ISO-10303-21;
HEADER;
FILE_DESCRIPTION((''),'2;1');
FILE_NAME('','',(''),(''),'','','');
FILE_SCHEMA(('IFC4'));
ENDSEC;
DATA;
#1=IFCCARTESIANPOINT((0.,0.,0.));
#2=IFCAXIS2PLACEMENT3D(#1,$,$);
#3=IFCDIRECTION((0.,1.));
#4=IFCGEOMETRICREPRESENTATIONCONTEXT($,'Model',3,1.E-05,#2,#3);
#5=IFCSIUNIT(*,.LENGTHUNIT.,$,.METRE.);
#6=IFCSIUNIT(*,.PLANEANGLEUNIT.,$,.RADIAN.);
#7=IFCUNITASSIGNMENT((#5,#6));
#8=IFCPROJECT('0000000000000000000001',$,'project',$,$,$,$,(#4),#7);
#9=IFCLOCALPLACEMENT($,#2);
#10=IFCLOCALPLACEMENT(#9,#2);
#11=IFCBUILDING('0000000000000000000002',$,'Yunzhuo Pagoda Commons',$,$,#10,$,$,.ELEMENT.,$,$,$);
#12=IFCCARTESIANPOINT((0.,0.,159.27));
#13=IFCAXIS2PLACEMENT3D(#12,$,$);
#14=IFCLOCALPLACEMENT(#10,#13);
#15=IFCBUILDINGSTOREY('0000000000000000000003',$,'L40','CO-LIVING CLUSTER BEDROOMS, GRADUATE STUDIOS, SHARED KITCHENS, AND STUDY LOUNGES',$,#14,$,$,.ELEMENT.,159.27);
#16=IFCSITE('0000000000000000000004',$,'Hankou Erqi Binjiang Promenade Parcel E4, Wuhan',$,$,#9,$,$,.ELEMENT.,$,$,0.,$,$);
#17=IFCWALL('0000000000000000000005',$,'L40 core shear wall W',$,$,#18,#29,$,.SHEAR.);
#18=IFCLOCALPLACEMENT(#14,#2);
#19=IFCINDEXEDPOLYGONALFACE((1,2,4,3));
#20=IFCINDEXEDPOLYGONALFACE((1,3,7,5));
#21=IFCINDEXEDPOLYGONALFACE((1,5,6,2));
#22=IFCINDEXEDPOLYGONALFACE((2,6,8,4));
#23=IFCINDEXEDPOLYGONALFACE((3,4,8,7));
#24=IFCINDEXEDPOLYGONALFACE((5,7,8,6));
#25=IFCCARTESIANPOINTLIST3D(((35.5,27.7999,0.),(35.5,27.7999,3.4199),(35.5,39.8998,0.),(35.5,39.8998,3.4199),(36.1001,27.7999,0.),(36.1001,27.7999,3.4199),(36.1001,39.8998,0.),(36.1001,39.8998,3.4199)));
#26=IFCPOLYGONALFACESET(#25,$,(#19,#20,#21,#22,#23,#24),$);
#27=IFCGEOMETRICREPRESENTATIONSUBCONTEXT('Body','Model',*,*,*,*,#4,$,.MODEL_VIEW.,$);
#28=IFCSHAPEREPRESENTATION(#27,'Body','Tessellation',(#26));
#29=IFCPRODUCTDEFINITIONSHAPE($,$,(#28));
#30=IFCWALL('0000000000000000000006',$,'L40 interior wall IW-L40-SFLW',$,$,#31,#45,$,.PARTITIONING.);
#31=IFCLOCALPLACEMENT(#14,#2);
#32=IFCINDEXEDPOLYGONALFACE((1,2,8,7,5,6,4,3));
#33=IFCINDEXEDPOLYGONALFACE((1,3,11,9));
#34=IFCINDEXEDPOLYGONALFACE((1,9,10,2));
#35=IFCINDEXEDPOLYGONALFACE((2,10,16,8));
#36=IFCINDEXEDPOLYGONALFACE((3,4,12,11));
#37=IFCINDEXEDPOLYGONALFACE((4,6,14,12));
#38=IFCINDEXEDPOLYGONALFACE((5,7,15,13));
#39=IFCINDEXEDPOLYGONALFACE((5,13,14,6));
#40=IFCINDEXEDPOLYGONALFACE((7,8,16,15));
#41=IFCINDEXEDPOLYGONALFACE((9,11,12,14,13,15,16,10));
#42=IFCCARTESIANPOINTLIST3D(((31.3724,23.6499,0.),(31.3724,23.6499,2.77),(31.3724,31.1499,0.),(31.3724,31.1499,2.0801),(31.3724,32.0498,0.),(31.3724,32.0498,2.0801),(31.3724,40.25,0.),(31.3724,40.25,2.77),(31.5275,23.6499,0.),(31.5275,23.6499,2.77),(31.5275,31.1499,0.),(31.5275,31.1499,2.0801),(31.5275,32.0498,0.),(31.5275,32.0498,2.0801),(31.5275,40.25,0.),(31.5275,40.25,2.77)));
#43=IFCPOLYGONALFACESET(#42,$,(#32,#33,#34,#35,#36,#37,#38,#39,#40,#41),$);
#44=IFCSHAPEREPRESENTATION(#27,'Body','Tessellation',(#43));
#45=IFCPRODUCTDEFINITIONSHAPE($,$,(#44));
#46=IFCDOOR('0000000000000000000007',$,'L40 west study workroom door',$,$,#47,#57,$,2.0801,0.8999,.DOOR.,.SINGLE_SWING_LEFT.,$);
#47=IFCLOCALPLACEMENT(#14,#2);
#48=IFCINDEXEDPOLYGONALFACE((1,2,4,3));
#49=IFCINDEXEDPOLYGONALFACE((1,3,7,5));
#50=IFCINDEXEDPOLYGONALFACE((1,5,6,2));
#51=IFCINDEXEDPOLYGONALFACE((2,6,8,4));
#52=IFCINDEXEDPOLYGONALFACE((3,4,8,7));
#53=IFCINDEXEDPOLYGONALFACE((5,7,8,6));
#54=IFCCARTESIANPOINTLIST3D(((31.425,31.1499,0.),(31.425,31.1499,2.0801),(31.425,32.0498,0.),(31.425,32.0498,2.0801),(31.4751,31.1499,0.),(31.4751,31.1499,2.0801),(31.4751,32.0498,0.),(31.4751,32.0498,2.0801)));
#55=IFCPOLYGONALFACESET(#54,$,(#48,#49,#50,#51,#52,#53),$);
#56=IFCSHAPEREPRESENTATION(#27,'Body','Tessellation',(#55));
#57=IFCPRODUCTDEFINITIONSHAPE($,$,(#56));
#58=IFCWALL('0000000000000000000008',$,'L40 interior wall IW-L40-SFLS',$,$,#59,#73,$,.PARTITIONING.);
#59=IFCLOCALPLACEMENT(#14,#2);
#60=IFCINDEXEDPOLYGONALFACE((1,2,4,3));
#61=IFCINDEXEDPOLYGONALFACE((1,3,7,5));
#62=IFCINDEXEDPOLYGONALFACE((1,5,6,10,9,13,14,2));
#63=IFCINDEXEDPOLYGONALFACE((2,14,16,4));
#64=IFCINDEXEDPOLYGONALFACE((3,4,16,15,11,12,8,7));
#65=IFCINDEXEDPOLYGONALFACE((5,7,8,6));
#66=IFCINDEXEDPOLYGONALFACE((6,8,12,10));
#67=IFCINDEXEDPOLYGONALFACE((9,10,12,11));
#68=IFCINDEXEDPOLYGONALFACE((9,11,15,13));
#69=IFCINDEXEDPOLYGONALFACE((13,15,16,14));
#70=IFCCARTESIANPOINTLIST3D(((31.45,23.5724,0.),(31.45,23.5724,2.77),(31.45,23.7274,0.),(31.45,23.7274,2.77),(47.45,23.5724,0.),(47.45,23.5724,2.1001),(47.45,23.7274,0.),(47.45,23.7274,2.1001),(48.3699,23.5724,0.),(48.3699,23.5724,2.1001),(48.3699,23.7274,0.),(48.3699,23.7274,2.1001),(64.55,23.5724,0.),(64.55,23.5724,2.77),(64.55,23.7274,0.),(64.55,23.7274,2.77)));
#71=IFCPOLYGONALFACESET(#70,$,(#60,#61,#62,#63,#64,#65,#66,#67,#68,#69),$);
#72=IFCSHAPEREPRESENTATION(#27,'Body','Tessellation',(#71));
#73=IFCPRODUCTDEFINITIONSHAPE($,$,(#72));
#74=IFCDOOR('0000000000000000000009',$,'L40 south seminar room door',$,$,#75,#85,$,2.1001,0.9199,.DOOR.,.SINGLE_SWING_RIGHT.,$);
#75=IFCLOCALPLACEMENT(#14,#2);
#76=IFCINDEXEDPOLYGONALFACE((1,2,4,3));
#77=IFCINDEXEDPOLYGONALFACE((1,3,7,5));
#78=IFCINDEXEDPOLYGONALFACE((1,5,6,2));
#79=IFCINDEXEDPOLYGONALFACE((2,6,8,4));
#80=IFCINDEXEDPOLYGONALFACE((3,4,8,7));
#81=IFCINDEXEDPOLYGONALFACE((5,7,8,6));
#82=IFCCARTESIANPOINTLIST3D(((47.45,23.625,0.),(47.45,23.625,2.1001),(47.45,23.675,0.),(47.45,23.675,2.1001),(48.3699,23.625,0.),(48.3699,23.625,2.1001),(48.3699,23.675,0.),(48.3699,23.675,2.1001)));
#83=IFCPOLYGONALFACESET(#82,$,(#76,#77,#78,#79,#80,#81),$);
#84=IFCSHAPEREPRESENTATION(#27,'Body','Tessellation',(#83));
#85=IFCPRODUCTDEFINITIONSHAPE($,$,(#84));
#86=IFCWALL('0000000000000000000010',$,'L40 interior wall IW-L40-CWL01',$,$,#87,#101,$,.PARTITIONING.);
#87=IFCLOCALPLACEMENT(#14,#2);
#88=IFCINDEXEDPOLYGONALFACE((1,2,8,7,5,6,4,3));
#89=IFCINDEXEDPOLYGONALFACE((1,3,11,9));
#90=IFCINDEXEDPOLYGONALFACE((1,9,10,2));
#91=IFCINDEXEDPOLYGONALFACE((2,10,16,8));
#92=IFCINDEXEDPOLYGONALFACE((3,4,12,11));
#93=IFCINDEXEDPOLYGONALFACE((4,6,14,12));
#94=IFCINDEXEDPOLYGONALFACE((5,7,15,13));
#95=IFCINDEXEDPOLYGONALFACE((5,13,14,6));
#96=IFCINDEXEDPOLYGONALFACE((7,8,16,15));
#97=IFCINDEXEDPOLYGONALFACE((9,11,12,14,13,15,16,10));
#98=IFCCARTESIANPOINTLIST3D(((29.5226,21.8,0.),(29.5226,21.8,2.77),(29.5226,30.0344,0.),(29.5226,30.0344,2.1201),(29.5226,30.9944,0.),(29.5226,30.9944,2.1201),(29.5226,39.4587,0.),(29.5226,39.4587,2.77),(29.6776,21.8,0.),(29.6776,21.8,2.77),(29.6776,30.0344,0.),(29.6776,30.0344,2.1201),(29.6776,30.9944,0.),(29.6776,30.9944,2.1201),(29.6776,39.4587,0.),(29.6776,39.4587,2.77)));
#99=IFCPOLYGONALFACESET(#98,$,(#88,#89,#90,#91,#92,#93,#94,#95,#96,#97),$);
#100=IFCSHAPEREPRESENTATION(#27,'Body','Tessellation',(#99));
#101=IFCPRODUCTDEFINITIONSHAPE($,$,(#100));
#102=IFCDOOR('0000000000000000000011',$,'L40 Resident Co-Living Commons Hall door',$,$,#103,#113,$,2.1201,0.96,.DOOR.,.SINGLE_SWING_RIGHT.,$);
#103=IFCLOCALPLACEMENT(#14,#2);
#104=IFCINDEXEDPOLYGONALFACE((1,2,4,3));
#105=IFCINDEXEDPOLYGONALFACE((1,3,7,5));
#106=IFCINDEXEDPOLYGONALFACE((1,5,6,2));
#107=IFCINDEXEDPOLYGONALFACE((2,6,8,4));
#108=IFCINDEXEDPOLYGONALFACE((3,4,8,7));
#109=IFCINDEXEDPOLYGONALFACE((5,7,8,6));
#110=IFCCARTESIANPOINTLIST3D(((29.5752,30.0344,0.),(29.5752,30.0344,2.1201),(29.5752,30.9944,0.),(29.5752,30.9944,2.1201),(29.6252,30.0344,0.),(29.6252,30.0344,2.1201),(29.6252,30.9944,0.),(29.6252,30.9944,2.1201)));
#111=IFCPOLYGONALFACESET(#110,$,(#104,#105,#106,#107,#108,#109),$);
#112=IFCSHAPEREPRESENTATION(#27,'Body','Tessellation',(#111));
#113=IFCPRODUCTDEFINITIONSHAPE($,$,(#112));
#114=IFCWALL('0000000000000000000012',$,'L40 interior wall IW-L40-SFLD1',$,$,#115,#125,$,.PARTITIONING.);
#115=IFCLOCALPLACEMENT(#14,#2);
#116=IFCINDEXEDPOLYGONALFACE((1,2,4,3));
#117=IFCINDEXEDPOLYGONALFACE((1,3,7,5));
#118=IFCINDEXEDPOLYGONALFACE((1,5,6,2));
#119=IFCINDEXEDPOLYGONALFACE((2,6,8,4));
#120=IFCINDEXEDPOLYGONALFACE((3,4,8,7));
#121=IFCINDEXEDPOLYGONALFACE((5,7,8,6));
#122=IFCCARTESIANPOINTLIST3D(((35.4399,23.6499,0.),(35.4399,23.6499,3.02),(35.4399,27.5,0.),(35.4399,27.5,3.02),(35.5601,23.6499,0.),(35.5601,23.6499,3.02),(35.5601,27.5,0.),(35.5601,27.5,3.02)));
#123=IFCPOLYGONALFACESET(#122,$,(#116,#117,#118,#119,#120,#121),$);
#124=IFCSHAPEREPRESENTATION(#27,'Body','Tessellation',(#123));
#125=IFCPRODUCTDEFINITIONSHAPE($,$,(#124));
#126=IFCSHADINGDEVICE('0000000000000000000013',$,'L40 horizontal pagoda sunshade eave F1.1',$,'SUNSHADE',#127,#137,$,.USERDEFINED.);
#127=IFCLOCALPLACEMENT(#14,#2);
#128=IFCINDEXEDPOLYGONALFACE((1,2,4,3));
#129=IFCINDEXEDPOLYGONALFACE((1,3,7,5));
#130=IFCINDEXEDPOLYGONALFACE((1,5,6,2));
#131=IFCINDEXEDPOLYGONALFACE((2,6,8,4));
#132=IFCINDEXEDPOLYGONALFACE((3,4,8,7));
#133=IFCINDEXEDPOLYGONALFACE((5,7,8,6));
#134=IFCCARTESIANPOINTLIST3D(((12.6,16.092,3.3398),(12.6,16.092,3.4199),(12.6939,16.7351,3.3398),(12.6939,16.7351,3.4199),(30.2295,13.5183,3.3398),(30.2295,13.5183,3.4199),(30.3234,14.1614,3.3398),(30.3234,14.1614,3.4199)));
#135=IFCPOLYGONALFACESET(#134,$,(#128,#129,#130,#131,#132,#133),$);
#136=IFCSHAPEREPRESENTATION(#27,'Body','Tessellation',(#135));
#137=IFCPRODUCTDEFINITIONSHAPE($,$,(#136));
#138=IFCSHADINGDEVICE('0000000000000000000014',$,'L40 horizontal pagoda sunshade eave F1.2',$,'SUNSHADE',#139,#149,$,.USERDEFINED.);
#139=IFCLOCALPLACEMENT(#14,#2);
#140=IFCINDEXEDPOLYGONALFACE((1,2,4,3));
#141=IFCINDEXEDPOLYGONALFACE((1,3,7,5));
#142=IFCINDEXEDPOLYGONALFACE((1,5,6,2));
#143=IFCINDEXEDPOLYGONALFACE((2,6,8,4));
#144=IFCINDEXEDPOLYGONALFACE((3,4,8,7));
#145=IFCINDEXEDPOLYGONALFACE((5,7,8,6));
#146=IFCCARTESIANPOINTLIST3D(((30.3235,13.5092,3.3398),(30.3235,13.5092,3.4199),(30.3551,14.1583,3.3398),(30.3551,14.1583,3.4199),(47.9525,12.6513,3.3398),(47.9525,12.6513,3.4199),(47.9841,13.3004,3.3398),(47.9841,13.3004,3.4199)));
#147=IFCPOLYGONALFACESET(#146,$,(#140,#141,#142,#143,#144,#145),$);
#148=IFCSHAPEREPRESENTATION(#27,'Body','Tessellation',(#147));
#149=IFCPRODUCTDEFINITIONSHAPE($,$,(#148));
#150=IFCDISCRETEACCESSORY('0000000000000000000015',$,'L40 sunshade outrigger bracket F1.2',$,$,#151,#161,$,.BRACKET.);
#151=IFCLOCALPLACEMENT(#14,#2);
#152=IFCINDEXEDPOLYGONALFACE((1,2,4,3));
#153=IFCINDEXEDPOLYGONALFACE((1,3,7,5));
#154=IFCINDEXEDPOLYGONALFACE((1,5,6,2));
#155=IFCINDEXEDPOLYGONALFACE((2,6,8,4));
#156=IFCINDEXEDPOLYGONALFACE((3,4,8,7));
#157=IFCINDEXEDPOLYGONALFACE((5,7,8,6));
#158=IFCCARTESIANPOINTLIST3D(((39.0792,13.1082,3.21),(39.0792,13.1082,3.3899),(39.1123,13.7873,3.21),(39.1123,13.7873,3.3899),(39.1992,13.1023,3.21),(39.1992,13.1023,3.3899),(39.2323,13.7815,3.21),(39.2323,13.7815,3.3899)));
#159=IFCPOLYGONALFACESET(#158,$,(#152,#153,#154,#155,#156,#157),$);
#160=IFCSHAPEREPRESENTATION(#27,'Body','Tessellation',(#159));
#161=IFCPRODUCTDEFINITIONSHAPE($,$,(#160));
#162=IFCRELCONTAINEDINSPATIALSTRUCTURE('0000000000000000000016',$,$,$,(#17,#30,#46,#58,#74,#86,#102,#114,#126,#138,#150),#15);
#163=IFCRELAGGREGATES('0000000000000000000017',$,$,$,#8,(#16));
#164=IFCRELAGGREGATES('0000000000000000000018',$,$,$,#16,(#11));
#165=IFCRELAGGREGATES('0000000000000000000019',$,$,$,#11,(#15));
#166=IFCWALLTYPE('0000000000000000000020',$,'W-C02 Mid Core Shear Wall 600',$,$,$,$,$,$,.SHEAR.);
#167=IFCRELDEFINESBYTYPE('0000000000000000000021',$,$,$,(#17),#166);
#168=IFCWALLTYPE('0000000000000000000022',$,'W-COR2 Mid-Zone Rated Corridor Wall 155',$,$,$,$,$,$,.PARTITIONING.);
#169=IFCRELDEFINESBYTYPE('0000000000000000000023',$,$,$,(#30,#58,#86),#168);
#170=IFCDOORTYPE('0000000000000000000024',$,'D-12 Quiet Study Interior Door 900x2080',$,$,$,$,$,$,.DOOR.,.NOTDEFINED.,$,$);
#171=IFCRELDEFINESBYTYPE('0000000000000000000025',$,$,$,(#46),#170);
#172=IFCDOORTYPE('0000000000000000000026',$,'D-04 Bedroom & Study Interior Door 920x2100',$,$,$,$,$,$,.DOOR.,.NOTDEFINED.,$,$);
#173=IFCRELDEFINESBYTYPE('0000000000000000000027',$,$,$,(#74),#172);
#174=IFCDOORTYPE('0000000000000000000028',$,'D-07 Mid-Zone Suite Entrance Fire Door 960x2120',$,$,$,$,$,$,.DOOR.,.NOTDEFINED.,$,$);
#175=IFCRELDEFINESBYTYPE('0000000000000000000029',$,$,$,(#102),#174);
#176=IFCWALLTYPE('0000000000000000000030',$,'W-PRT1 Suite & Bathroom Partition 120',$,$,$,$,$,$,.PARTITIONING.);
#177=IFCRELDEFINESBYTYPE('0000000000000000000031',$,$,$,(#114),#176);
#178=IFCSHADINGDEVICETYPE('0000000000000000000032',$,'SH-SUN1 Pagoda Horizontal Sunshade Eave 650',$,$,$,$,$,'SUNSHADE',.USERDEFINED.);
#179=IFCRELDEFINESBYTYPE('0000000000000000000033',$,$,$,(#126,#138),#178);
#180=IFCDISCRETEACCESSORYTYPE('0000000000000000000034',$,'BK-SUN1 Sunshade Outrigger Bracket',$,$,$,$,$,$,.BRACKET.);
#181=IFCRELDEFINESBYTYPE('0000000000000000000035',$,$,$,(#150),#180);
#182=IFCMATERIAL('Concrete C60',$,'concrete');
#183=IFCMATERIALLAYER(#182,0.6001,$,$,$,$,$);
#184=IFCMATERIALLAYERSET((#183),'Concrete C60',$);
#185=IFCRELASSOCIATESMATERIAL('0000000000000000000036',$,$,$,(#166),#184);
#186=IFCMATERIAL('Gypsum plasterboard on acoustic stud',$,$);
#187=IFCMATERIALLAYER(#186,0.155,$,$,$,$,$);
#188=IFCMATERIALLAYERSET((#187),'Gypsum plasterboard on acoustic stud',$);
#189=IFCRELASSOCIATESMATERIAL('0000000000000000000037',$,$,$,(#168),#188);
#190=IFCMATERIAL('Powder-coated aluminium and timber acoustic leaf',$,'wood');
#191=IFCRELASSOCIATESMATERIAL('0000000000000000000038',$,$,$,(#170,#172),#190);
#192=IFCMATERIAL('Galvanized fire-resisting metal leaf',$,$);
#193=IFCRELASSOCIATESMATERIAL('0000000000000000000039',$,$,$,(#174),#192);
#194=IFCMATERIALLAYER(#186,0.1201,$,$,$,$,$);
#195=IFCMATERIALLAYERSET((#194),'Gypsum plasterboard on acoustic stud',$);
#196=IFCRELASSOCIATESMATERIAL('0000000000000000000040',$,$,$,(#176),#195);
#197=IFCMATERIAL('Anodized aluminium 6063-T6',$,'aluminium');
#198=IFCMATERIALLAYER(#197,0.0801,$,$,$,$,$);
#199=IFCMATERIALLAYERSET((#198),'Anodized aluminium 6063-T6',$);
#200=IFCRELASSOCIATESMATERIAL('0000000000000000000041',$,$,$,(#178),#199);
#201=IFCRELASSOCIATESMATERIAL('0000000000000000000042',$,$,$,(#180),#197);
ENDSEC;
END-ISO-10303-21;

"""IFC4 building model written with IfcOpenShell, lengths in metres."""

from ifc_helpers import new_model, si_unit, direction, frame, frame_2d, origin, origin_with_axes, origin_2d, place, context, subcontext, project, spatial, rectangle, extrude, source, transform, mapped, material, layer, layer_set, type_object, element, fill, save


model = new_model("IFC4")

# Units and contexts
model_context = context("Model", 3, precision=1e-05, world=origin(), true_north=direction((0.0, 1.0)))
body_context = subcontext(model_context, "Body", "Model", "MODEL_VIEW")
ifc_project = project(units=[si_unit("LENGTHUNIT", "METRE"), si_unit("PLANEANGLEUNIT", "RADIAN")], contexts=[model_context])

# Site, building, storey
site_placement = place(None, origin())
site = spatial("IfcSite", under=ifc_project, at=site_placement, Name="Hankou Erqi Binjiang Promenade Parcel E4, Wuhan", CompositionType="ELEMENT", RefElevation=0.0)
building_placement = place(site_placement, origin())
building = spatial("IfcBuilding", under=site, at=building_placement, Name="Yunzhuo Pagoda Commons", CompositionType="ELEMENT")
storey_placement = place(building_placement, frame((0.0, 0.0, 159.27)))
storey = spatial("IfcBuildingStorey", under=building, at=storey_placement, Name="L40", Description="CO-LIVING CLUSTER BEDROOMS, GRADUATE STUDIOS, SHARED KITCHENS, AND STUDY LOUNGES", CompositionType="ELEMENT", Elevation=159.27)

# Shared definitions
ifc_material_1 = material(Name="Anodized aluminium 6063-T6", Category="aluminium")

# Wall
ifc_material_2 = material(Name="Concrete C60", Category="concrete")
ifc_layer_1 = layer(ifc_material_2, 0.6001)
ifc_layer_set_1 = layer_set([ifc_layer_1], Name="Concrete C60")
wall_type_1 = type_object("IfcWallType", Name="W-C02 Mid Core Shear Wall 600", PredefinedType="SHEAR", material=ifc_layer_set_1)
wall_1_placement = place(storey_placement, frame((35.8, 27.8, 0.0), z_axis=(0.0, 0.0, 1.0), x_axis=(0.0, 1.0, 0.0)))
element("IfcWall", 1, at=wall_1_placement, inside=storey, type_object=wall_type_1, Name="L40 core shear wall W", PredefinedType="SHEAR", context=body_context, shape_type="SweptSolid", body=[
    extrude(rectangle(XDim=12.0999, YDim=0.6001, at=frame_2d((6.0498, 0.0))), origin(), (0.0, 0.0, 1.0), 3.4199),
])

# Walls, openings, doors
ifc_material_3 = material(Name="Gypsum plasterboard on acoustic stud")
ifc_layer_2 = layer(ifc_material_3, 0.155)
ifc_layer_set_2 = layer_set([ifc_layer_2], Name="Gypsum plasterboard on acoustic stud")
wall_type_2 = type_object("IfcWallType", Name="W-COR2 Mid-Zone Rated Corridor Wall 155", PredefinedType="PARTITIONING", material=ifc_layer_set_2)
wall_2_placement = place(storey_placement, frame((31.45, 23.6499, 0.0), z_axis=(0.0, 0.0, 1.0), x_axis=(0.0, 1.0, 0.0)))
wall_2 = element("IfcWall", 2, at=wall_2_placement, inside=storey, type_object=wall_type_2, Name="L40 interior wall IW-L40-SFLW", PredefinedType="PARTITIONING", context=body_context, shape_type="SweptSolid", body=[
    extrude(rectangle(XDim=16.6001, YDim=0.155, at=frame_2d((8.3, 0.0))), origin(), (0.0, 0.0, 1.0), 2.77),
])
opening_1_placement = place(wall_2_placement, frame((7.5, 0.0, 0.0)))
opening_1 = element("IfcOpeningElement", 3, at=opening_1_placement, cuts=wall_2, PredefinedType="OPENING", context=body_context, shape_type="SweptSolid", body=[
    extrude(rectangle(XDim=0.8999, YDim=2.0801, at=frame_2d((0.45, 1.04))), frame((0.0, 0.0874, 0.0), z_axis=(0.0, -1.0, 0.0), x_axis=(1.0, 0.0, 0.0)), (0.0, 0.0, 1.0), 0.175),
])
ifc_material_4 = material(Name="Powder-coated aluminium and timber acoustic leaf", Category="wood")
door_type_1 = type_object("IfcDoorType", Name="D-12 Quiet Study Interior Door 900x2080", OperationType="NOTDEFINED", PredefinedType="DOOR", material=ifc_material_4)
shared_shape_1 = source(origin(), body_context, "Body", "SweptSolid", [
    extrude(rectangle(XDim=0.8999, YDim=2.0801, at=frame_2d((0.45, 1.04))), frame((0.0, 0.0249, 0.0), z_axis=(0.0, -1.0, 0.0), x_axis=(1.0, 0.0, 0.0)), (0.0, 0.0, 1.0), 0.05),
])
door_1_placement = place(opening_1_placement, origin_with_axes())
door_1 = element("IfcDoor", 4, at=door_1_placement, inside=storey, type_object=door_type_1, Name="L40 west study workroom door", OperationType="SINGLE_SWING_LEFT", OverallHeight=2.0801, OverallWidth=0.8999, PredefinedType="DOOR", context=body_context, shape_type="MappedRepresentation", body=[
    mapped(shared_shape_1, transform((0.0, 0.0, 0.0), scale=1.0)),
])
fill(opening_1, door_1)
wall_3_placement = place(storey_placement, frame((31.45, 23.6499, 0.0), z_axis=(0.0, 0.0, 1.0), x_axis=(1.0, 0.0, 0.0)))
wall_3 = element("IfcWall", 5, at=wall_3_placement, inside=storey, type_object=wall_type_2, Name="L40 interior wall IW-L40-SFLS", PredefinedType="PARTITIONING", context=body_context, shape_type="SweptSolid", body=[
    extrude(rectangle(XDim=33.1001, YDim=0.155, at=frame_2d((16.55, 0.0))), origin(), (0.0, 0.0, 1.0), 2.77),
])
opening_2_placement = place(wall_3_placement, frame((16.0, 0.0, 0.0)))
opening_2 = element("IfcOpeningElement", 6, at=opening_2_placement, cuts=wall_3, PredefinedType="OPENING", context=body_context, shape_type="SweptSolid", body=[
    extrude(rectangle(XDim=0.9199, YDim=2.1001, at=frame_2d((0.46, 1.05))), frame((0.0, 0.0874, 0.0), z_axis=(0.0, -1.0, 0.0), x_axis=(1.0, 0.0, 0.0)), (0.0, 0.0, 1.0), 0.175),
])
door_type_2 = type_object("IfcDoorType", Name="D-04 Bedroom & Study Interior Door 920x2100", OperationType="NOTDEFINED", PredefinedType="DOOR", material=ifc_material_4)
shared_shape_2 = source(origin(), body_context, "Body", "SweptSolid", [
    extrude(rectangle(XDim=0.9199, YDim=2.1001, at=frame_2d((0.46, 1.05))), frame((0.0, 0.0249, 0.0), z_axis=(0.0, -1.0, 0.0), x_axis=(1.0, 0.0, 0.0)), (0.0, 0.0, 1.0), 0.05),
])
door_2_placement = place(opening_2_placement, frame((0.9199, 0.0, 0.0), z_axis=(0.0, 0.0, 1.0), x_axis=(-1.0, 0.0, 0.0)))
door_2 = element("IfcDoor", 7, at=door_2_placement, inside=storey, type_object=door_type_2, Name="L40 south seminar room door", OperationType="SINGLE_SWING_RIGHT", OverallHeight=2.1001, OverallWidth=0.9199, PredefinedType="DOOR", context=body_context, shape_type="MappedRepresentation", body=[
    mapped(shared_shape_2, transform((0.0, 0.0, 0.0), scale=1.0)),
])
fill(opening_2, door_2)
wall_4_placement = place(storey_placement, frame((29.6001, 21.8, 0.0), z_axis=(0.0, 0.0, 1.0), x_axis=(0.0, 1.0, 0.0)))
wall_4 = element("IfcWall", 8, at=wall_4_placement, inside=storey, type_object=wall_type_2, Name="L40 interior wall IW-L40-CWL01", PredefinedType="PARTITIONING", context=body_context, shape_type="SweptSolid", body=[
    extrude(rectangle(XDim=17.6587, YDim=0.155, at=frame_2d((8.8293, 0.0))), origin(), (0.0, 0.0, 1.0), 2.77),
])
opening_3_placement = place(wall_4_placement, frame((8.2344, 0.0, 0.0)))
opening_3 = element("IfcOpeningElement", 9, at=opening_3_placement, cuts=wall_4, PredefinedType="OPENING", context=body_context, shape_type="SweptSolid", body=[
    extrude(rectangle(XDim=0.96, YDim=2.1201, at=frame_2d((0.48, 1.0601))), frame((0.0, 0.0874, 0.0), z_axis=(0.0, -1.0, 0.0), x_axis=(1.0, 0.0, 0.0)), (0.0, 0.0, 1.0), 0.175),
])
ifc_material_5 = material(Name="Galvanized fire-resisting metal leaf")
door_type_3 = type_object("IfcDoorType", Name="D-07 Mid-Zone Suite Entrance Fire Door 960x2120", OperationType="NOTDEFINED", PredefinedType="DOOR", material=ifc_material_5)
shared_shape_3 = source(origin(), body_context, "Body", "SweptSolid", [
    extrude(rectangle(XDim=0.96, YDim=2.1201, at=frame_2d((0.48, 1.0601))), frame((0.0, 0.0249, 0.0), z_axis=(0.0, -1.0, 0.0), x_axis=(1.0, 0.0, 0.0)), (0.0, 0.0, 1.0), 0.05),
])
door_3_placement = place(opening_3_placement, origin_with_axes())
door_3 = element("IfcDoor", 10, at=door_3_placement, inside=storey, type_object=door_type_3, Name="L40 Resident Co-Living Commons Hall door", OperationType="SINGLE_SWING_RIGHT", OverallHeight=2.1201, OverallWidth=0.96, PredefinedType="DOOR", context=body_context, shape_type="MappedRepresentation", body=[
    mapped(shared_shape_3, transform((0.0, 0.0, 0.0), scale=1.0)),
])
fill(opening_3, door_3)

# Wall
ifc_layer_3 = layer(ifc_material_3, 0.1201)
ifc_layer_set_3 = layer_set([ifc_layer_3], Name="Gypsum plasterboard on acoustic stud")
wall_type_3 = type_object("IfcWallType", Name="W-PRT1 Suite & Bathroom Partition 120", PredefinedType="PARTITIONING", material=ifc_layer_set_3)
wall_5_placement = place(storey_placement, frame((35.5, 23.6499, 0.0), z_axis=(0.0, 0.0, 1.0), x_axis=(0.0, 1.0, 0.0)))
element("IfcWall", 11, at=wall_5_placement, inside=storey, type_object=wall_type_3, Name="L40 interior wall IW-L40-SFLD1", PredefinedType="PARTITIONING", context=body_context, shape_type="SweptSolid", body=[
    extrude(rectangle(XDim=3.8501, YDim=0.1201, at=frame_2d((1.925, 0.0))), origin(), (0.0, 0.0, 1.0), 3.02),
])

# Shading devices
ifc_layer_4 = layer(ifc_material_1, 0.0801)
ifc_layer_set_4 = layer_set([ifc_layer_4], Name="Anodized aluminium 6063-T6")
shading_device_type = type_object("IfcShadingDeviceType", Name="SH-SUN1 Pagoda Horizontal Sunshade Eave 650", ElementType="SUNSHADE", PredefinedType="USERDEFINED", material=ifc_layer_set_4)
shared_shape_4 = source(origin(), body_context, "Body", "SweptSolid", [
    extrude(rectangle(XDim=17.8164, YDim=0.6499, at=origin_2d()), origin(), (0.0, 0.0, 1.0), 0.0801),
])
shading_device_1_placement = place(storey_placement, frame((21.4617, 15.1267, 3.3398), z_axis=(0.0, 0.0, 1.0), x_axis=(0.989511, -0.14446, 0.0)))
element("IfcShadingDevice", 12, at=shading_device_1_placement, inside=storey, type_object=shading_device_type, Name="L40 horizontal pagoda sunshade eave F1.1", ObjectType="SUNSHADE", PredefinedType="USERDEFINED", context=body_context, shape_type="MappedRepresentation", body=[
    mapped(shared_shape_4, transform((0.0, 0.0, 0.0), scale=1.0)),
])
shared_shape_5 = source(origin(), body_context, "Body", "SweptSolid", [
    extrude(rectangle(XDim=17.6499, YDim=0.6499, at=origin_2d()), origin(), (0.0, 0.0, 1.0), 0.0801),
])
shading_device_2_placement = place(storey_placement, frame((39.1538, 13.4048, 3.3398), z_axis=(0.0, 0.0, 1.0), x_axis=(0.998818, -0.048606, 0.0)))
element("IfcShadingDevice", 13, at=shading_device_2_placement, inside=storey, type_object=shading_device_type, Name="L40 horizontal pagoda sunshade eave F1.2", ObjectType="SUNSHADE", PredefinedType="USERDEFINED", context=body_context, shape_type="MappedRepresentation", body=[
    mapped(shared_shape_5, transform((0.0, 0.0, 0.0), scale=1.0)),
])

# Discrete accessory
discrete_accessory_type = type_object("IfcDiscreteAccessoryType", Name="BK-SUN1 Sunshade Outrigger Bracket", PredefinedType="BRACKET", material=ifc_material_1)
shared_shape_6 = source(origin(), body_context, "Body", "SweptSolid", [
    extrude(rectangle(XDim=0.1201, YDim=0.6799, at=origin_2d()), origin(), (0.0, 0.0, 1.0), 0.1799),
])
discrete_accessory_placement = place(storey_placement, frame((39.1558, 13.4448, 3.21), z_axis=(0.0, 0.0, 1.0), x_axis=(0.998818, -0.048606, 0.0)))
element("IfcDiscreteAccessory", 14, at=discrete_accessory_placement, inside=storey, type_object=discrete_accessory_type, Name="L40 sunshade outrigger bracket F1.2", PredefinedType="BRACKET", context=body_context, shape_type="MappedRepresentation", body=[
    mapped(shared_shape_6, transform((0.0, 0.0, 0.0), scale=1.0)),
])

save(model, "model.ifc")
